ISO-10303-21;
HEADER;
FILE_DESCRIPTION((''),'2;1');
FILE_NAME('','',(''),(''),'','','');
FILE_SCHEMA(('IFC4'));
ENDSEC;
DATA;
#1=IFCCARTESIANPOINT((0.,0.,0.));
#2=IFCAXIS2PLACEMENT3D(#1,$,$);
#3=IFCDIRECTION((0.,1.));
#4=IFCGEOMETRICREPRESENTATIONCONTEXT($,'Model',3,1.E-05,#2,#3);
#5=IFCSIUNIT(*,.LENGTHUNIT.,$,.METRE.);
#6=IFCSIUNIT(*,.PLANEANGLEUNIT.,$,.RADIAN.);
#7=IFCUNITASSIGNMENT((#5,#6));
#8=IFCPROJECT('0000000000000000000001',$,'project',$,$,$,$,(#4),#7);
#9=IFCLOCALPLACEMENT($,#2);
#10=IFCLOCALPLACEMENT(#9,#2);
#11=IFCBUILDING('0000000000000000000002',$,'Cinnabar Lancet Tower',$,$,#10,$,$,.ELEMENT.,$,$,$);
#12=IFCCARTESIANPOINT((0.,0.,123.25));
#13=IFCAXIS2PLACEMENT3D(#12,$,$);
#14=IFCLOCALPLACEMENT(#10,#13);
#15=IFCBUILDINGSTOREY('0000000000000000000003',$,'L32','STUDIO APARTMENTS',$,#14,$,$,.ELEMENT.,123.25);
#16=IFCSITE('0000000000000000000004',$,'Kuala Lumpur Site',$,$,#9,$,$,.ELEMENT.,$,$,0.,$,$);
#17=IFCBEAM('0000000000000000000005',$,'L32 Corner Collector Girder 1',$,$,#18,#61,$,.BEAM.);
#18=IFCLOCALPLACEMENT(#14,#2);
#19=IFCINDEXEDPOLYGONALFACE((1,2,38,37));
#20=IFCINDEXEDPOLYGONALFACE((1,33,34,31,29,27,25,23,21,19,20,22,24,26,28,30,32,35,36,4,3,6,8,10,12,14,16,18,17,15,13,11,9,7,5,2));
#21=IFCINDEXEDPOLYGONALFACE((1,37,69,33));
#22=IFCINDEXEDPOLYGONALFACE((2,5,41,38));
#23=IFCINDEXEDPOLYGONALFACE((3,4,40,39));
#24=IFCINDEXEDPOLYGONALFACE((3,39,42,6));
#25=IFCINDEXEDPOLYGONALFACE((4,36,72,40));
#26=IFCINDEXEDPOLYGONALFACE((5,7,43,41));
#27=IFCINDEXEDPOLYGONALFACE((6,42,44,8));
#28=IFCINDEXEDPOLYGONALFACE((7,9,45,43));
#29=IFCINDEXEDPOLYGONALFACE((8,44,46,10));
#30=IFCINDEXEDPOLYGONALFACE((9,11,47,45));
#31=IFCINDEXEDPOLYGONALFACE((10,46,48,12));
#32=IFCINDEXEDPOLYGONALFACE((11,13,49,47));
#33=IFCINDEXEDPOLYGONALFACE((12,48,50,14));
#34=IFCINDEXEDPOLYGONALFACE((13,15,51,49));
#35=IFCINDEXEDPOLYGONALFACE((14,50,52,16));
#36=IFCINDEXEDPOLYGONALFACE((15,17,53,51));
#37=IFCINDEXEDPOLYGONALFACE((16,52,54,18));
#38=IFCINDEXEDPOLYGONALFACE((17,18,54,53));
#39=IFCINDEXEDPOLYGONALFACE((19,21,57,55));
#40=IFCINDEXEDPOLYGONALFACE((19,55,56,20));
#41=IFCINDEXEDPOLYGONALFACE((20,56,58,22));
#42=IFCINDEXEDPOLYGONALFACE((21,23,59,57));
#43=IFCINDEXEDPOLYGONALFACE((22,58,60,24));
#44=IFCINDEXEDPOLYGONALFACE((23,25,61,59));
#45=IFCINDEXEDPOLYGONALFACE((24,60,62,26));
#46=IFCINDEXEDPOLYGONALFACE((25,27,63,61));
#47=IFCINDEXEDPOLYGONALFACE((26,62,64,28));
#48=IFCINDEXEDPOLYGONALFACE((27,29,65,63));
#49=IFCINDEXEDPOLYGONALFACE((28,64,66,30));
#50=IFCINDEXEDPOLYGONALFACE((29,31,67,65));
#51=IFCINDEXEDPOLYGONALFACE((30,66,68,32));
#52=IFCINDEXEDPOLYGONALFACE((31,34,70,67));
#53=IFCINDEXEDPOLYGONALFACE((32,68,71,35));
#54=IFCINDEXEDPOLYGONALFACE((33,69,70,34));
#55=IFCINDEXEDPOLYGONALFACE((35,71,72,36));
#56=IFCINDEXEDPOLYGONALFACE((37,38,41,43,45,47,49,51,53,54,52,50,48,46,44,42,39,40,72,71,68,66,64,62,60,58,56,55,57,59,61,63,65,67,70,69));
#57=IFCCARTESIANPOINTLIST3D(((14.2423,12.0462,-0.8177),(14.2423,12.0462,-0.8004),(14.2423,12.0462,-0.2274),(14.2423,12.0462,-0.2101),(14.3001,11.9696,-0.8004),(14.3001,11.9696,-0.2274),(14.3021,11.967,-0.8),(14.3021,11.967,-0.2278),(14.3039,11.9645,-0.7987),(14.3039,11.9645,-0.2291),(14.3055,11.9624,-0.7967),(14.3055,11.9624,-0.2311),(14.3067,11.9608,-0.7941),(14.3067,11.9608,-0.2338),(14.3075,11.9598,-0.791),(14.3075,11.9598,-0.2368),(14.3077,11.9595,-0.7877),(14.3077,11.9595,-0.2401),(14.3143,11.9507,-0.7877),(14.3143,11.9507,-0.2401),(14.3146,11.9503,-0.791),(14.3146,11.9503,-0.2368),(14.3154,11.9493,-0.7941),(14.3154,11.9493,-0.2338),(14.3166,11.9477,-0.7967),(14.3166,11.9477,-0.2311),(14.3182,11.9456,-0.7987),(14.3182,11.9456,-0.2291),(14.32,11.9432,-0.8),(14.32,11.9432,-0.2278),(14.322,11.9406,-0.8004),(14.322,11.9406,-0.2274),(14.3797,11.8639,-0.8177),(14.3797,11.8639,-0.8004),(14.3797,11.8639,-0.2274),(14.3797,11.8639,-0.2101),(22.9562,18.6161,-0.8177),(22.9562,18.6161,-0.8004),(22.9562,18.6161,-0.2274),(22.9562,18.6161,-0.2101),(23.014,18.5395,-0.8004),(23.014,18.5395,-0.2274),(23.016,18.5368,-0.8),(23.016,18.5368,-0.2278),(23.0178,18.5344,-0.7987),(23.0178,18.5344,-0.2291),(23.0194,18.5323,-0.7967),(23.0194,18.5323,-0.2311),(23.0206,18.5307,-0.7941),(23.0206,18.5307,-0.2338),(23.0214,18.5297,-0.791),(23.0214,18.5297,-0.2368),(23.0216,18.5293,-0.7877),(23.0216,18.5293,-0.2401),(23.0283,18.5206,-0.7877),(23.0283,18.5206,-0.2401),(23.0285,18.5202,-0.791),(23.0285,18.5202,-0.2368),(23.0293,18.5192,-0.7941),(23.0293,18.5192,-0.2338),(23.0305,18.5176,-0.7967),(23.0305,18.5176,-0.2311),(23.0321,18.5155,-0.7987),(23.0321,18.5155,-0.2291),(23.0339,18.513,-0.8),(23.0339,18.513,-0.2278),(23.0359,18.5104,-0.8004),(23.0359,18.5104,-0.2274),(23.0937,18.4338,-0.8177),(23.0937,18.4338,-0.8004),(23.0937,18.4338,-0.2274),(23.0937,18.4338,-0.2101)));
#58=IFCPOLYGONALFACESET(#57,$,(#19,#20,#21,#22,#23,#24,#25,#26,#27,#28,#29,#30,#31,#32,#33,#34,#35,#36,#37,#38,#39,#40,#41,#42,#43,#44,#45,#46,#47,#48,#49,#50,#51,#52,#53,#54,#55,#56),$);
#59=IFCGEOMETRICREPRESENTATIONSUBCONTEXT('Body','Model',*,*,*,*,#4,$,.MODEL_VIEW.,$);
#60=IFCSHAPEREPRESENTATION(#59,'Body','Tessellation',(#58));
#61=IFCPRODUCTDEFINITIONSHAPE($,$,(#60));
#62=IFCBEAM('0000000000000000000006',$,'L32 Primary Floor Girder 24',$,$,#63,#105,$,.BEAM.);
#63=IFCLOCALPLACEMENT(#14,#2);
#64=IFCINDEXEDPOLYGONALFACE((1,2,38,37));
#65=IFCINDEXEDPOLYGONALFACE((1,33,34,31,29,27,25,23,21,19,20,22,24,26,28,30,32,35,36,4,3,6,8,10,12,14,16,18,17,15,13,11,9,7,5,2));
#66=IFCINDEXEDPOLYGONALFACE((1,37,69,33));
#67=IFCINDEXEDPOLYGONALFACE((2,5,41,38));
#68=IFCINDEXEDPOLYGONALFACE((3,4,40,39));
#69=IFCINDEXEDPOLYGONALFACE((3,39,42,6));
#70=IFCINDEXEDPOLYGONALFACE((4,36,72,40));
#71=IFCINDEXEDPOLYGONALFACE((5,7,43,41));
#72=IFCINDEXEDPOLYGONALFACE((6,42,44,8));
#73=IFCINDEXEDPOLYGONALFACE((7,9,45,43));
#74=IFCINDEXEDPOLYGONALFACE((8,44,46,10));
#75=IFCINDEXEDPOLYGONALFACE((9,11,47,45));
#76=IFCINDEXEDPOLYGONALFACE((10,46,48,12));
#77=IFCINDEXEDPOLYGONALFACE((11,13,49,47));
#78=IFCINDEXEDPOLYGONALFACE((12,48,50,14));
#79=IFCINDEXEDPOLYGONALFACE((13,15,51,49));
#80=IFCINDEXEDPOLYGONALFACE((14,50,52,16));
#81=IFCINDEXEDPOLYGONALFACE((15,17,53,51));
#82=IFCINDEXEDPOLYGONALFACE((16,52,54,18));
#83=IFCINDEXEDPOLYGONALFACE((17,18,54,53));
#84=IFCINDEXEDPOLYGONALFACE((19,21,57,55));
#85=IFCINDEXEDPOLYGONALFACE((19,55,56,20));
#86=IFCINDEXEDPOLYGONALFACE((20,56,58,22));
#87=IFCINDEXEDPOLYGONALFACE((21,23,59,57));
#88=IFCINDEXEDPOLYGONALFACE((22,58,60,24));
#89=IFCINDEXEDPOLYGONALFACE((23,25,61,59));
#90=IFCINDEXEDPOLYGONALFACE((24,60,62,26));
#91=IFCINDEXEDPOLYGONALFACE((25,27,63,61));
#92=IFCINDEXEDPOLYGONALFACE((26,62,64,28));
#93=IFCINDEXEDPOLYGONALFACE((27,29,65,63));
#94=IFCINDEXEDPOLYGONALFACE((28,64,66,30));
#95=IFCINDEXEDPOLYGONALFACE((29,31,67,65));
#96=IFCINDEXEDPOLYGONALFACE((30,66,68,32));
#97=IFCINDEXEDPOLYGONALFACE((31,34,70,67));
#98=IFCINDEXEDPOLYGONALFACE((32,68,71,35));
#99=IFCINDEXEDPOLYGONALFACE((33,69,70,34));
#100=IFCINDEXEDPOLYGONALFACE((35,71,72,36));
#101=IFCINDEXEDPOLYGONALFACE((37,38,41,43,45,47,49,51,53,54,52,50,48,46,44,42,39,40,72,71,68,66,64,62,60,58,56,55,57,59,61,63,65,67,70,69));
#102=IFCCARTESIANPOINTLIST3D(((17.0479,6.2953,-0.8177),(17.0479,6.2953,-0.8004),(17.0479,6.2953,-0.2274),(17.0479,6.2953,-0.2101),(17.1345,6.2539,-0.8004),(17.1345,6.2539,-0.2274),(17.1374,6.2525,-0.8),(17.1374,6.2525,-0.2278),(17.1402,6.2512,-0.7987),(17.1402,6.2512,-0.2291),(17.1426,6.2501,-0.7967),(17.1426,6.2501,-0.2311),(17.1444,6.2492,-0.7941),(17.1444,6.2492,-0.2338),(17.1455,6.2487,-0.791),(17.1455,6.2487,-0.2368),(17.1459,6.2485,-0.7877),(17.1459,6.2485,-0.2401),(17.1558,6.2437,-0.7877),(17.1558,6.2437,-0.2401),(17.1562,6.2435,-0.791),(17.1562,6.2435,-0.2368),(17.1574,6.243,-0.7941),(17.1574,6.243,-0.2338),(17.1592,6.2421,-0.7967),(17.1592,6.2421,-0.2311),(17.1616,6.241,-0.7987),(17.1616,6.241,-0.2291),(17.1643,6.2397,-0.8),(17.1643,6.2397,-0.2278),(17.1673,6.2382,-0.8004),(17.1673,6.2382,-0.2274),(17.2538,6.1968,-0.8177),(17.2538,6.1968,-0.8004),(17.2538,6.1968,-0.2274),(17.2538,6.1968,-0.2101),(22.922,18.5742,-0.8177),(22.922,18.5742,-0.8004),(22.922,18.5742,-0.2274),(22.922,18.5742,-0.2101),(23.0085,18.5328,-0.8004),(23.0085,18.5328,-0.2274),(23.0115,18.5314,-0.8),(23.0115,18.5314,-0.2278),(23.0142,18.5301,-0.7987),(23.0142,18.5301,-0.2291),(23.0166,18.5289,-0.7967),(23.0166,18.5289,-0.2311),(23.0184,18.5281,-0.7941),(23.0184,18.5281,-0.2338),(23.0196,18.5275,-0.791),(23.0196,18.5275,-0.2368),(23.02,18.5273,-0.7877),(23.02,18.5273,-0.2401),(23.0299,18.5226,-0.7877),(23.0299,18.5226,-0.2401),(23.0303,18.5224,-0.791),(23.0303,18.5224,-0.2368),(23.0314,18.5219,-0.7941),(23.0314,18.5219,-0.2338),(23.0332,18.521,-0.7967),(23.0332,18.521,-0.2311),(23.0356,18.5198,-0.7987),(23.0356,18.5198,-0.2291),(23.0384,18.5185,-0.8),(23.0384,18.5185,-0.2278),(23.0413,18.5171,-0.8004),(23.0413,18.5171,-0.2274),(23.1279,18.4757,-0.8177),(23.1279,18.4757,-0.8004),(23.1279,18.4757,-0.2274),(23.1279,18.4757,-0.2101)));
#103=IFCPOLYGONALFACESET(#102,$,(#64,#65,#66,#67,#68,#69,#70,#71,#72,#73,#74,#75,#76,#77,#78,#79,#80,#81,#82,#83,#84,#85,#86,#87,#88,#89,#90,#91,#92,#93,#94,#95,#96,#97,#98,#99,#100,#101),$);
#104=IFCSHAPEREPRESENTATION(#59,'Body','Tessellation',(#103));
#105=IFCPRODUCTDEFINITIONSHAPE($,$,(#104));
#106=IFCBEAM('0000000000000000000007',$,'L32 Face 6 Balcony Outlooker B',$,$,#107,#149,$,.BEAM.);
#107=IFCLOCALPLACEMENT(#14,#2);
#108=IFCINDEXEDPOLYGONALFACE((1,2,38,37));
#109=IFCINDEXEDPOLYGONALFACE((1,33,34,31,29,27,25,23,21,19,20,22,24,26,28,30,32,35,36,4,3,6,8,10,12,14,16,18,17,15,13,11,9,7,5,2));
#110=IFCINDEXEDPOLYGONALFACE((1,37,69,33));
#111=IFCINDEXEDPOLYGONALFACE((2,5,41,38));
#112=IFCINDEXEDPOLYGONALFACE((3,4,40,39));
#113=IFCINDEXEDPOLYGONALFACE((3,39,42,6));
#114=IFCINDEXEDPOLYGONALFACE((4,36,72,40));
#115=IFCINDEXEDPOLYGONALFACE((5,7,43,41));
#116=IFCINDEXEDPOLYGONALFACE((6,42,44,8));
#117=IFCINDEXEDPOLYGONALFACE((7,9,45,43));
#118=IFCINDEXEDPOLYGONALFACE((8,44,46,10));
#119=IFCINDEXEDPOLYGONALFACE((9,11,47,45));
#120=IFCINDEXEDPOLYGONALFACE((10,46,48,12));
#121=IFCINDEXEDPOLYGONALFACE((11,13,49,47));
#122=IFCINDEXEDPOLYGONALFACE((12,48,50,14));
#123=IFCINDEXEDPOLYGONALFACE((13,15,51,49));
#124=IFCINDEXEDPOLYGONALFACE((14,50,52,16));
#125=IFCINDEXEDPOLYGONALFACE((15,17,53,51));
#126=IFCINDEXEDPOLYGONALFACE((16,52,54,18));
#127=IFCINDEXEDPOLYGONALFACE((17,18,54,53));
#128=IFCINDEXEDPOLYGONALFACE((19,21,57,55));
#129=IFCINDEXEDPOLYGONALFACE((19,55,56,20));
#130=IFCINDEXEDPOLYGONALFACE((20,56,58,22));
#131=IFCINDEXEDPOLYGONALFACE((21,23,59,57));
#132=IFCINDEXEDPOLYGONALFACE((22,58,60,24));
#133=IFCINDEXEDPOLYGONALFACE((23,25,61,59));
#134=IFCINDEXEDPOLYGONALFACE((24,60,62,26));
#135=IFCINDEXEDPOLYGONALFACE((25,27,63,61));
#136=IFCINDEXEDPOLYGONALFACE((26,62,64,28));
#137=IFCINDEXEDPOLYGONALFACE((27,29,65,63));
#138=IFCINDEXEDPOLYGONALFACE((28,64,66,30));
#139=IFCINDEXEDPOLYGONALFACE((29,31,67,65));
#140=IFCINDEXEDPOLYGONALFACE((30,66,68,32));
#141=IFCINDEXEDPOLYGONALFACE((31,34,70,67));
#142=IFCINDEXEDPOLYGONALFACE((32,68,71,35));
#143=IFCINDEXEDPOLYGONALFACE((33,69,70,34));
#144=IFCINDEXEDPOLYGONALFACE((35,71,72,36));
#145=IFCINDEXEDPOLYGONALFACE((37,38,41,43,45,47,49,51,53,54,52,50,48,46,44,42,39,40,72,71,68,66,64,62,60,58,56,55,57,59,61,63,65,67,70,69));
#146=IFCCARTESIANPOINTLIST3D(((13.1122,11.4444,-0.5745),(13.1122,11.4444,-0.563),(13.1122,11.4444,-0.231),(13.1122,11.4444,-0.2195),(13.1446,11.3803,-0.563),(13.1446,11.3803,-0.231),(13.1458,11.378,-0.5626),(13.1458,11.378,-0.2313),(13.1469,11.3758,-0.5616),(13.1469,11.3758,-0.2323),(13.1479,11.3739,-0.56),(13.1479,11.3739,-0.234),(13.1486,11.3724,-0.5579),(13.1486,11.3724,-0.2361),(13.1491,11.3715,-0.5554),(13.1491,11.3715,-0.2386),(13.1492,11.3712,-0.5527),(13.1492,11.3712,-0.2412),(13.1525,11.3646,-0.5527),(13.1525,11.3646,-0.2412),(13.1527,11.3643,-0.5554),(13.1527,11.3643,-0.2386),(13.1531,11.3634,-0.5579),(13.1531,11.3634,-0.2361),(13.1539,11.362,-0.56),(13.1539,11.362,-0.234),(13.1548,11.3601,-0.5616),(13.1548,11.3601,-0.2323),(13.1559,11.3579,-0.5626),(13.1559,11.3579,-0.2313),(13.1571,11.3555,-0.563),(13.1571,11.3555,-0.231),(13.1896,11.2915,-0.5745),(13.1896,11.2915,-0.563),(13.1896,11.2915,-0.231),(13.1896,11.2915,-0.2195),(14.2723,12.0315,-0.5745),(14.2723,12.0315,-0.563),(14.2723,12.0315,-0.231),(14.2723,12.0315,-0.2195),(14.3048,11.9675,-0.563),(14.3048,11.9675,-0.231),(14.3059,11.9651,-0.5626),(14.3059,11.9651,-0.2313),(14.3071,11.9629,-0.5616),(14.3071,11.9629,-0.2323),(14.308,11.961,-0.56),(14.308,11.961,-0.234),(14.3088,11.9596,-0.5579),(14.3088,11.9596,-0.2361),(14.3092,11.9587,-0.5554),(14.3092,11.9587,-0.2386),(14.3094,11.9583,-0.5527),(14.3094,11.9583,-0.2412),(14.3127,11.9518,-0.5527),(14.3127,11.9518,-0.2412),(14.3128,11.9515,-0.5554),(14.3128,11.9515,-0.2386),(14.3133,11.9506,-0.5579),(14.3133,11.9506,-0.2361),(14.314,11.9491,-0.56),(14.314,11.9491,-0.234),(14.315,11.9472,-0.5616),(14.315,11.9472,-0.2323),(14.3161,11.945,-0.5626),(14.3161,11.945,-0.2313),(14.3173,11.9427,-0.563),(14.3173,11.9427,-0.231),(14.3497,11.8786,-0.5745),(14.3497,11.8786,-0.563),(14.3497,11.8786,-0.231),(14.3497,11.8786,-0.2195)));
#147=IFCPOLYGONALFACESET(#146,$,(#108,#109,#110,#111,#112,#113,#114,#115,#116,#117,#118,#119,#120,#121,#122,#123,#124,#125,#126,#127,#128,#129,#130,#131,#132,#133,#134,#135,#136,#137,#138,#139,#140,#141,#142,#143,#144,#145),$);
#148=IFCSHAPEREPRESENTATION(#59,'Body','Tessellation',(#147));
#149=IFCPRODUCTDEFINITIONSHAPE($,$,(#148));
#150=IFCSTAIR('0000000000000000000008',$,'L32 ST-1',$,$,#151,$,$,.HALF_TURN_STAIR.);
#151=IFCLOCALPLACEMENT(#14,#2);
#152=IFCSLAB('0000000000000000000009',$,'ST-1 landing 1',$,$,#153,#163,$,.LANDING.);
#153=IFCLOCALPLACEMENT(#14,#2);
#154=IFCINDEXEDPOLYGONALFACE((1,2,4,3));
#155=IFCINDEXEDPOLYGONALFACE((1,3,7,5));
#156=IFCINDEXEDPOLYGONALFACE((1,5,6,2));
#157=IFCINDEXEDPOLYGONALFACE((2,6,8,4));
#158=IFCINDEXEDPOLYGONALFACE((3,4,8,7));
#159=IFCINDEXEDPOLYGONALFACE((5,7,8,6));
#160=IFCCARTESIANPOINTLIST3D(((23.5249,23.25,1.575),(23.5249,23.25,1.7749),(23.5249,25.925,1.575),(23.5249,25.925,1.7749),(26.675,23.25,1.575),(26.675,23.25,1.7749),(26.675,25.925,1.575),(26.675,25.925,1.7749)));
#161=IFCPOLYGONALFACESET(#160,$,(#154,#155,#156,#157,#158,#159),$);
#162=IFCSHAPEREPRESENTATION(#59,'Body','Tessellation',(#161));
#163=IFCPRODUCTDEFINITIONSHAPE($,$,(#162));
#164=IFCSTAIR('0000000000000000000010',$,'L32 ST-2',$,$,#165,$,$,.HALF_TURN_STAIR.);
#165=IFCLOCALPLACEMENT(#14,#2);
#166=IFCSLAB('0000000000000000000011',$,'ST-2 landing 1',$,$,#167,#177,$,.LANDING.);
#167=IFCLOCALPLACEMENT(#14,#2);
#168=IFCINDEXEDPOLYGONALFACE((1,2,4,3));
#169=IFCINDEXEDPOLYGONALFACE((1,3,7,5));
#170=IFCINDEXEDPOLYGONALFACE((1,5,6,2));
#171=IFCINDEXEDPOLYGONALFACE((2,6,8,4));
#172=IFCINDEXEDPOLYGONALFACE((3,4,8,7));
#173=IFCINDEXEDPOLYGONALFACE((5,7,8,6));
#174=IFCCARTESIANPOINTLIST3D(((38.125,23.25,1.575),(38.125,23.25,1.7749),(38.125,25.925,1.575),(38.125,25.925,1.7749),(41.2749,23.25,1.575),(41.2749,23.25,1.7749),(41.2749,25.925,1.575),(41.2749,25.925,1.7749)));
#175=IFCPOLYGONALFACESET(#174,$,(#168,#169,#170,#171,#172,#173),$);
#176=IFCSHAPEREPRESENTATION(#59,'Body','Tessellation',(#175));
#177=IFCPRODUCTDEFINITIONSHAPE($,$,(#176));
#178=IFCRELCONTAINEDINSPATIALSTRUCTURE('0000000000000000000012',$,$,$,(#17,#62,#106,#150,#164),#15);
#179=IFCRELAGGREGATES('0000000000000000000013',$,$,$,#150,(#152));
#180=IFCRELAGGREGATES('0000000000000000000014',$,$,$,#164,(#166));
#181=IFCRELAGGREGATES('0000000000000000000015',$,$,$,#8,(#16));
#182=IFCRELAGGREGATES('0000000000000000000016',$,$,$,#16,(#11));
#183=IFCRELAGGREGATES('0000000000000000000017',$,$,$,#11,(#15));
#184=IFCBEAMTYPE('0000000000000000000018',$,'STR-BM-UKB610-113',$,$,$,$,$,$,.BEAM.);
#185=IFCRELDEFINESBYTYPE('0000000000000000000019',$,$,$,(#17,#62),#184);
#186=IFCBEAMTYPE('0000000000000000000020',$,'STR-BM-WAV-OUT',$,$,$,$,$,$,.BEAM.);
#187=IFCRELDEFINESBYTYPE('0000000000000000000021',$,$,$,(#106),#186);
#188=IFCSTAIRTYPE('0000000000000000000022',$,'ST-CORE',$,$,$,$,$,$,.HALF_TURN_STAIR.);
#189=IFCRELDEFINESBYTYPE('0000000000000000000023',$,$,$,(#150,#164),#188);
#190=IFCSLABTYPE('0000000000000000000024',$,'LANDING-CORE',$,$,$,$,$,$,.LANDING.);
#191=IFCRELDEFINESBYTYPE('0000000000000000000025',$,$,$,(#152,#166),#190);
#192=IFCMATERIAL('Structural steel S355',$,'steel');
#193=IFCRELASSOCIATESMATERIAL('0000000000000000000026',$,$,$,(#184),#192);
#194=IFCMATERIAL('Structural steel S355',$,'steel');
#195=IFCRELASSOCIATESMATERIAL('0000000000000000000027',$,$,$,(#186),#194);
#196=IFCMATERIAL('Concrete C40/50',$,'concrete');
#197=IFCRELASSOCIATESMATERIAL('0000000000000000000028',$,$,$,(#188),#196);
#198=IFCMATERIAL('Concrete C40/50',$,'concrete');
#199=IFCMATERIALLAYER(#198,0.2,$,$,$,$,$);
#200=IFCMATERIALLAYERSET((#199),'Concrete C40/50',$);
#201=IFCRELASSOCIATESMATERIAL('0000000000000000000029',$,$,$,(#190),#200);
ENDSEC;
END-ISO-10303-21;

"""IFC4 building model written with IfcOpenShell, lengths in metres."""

from ifc_helpers import new_model, si_unit, direction, frame, origin, origin_2d, place, context, subcontext, project, spatial, polyline, i_section, outline, extrude, material, layer, layer_set, material_profile, profile_set, type_object, element, aggregate, save


model = new_model("IFC4")

# Units and contexts
model_context = context("Model", 3, precision=1e-05, world=origin(), true_north=direction((0.0, 1.0)))
body_context = subcontext(model_context, "Body", "Model", "MODEL_VIEW")
ifc_project = project(units=[si_unit("LENGTHUNIT", "METRE"), si_unit("PLANEANGLEUNIT", "RADIAN")], contexts=[model_context])

# Site, building, storey
site_placement = place(None, origin())
site = spatial("IfcSite", under=ifc_project, at=site_placement, Name="Kuala Lumpur Site", CompositionType="ELEMENT", RefElevation=0.0)
building_placement = place(site_placement, origin())
building = spatial("IfcBuilding", under=site, at=building_placement, Name="Cinnabar Lancet Tower", CompositionType="ELEMENT")
storey_placement = place(building_placement, frame((0.0, 0.0, 123.25)))
storey = spatial("IfcBuildingStorey", under=building, at=storey_placement, Name="L32", Description="STUDIO APARTMENTS", CompositionType="ELEMENT", Elevation=123.25)

# Beams
ifc_material_1 = material(Name="Structural steel S355", Category="steel")
ifc_material_profile_1 = material_profile(ifc_material_1, i_section(OverallWidth=0.2283, OverallDepth=0.6077, WebThickness=0.011, FlangeThickness=0.0173, FilletRadius=0.0127, at=origin_2d()), Name="UKB 610x229x113")
ifc_profile_set_1 = profile_set([ifc_material_profile_1], Name="Structural steel S355")
beam_type_1 = type_object("IfcBeamType", Name="STR-BM-UKB610-113", PredefinedType="BEAM", material=ifc_profile_set_1)
beam_1_placement = place(storey_placement, frame((14.311, 11.9551, -0.5139), z_axis=(0.798483, 0.602017, 0.0), x_axis=(-0.602017, 0.798483, 0.0)))
element("IfcBeam", 1, at=beam_1_placement, inside=storey, type_object=beam_type_1, Name="L32 Corner Collector Girder 1", PredefinedType="BEAM", context=body_context, shape_type="SweptSolid", body=[
    extrude(i_section(OverallWidth=0.2283, OverallDepth=0.6077, WebThickness=0.011, FlangeThickness=0.0173, FilletRadius=0.0127, at=origin_2d()), origin(), (0.0, 0.0, 1.0), 10.9131),
])
beam_2_placement = place(storey_placement, frame((17.1509, 6.2461, -0.5139), z_axis=(0.431548, 0.90209, 0.0), x_axis=(-0.90209, 0.431548, 0.0)))
element("IfcBeam", 2, at=beam_2_placement, inside=storey, type_object=beam_type_1, Name="L32 Primary Floor Girder 24", PredefinedType="BEAM", context=body_context, shape_type="SweptSolid", body=[
    extrude(i_section(OverallWidth=0.2283, OverallDepth=0.6077, WebThickness=0.011, FlangeThickness=0.0173, FilletRadius=0.0127, at=origin_2d()), origin(), (0.0, 0.0, 1.0), 13.6116),
])
ifc_material_2 = material(Name="Structural steel S355", Category="steel")
ifc_material_profile_2 = material_profile(ifc_material_2, i_section(OverallWidth=0.1714, OverallDepth=0.355, WebThickness=0.0073, FlangeThickness=0.0115, FilletRadius=0.0103, at=origin_2d()), Name="UKB 356x171x51")
ifc_profile_set_2 = profile_set([ifc_material_profile_2], Name="Structural steel S355")
beam_type_2 = type_object("IfcBeamType", Name="STR-BM-WAV-OUT", PredefinedType="BEAM", material=ifc_profile_set_2)
beam_3_placement = place(storey_placement, frame((14.311, 11.9551, -0.397), z_axis=(-0.892239, -0.451564, 0.0), x_axis=(0.451564, -0.892239, 0.0)))
element("IfcBeam", 3, at=beam_3_placement, inside=storey, type_object=beam_type_2, Name="L32 Face 6 Balcony Outlooker B", PredefinedType="BEAM", context=body_context, shape_type="SweptSolid", body=[
    extrude(i_section(OverallWidth=0.1714, OverallDepth=0.355, WebThickness=0.0073, FlangeThickness=0.0115, FilletRadius=0.0103, at=origin_2d()), origin(), (0.0, 0.0, 1.0), 1.3003),
])

# Stairs, slabs
ifc_material_3 = material(Name="Concrete C40/50", Category="concrete")
stair_type = type_object("IfcStairType", Name="ST-CORE", PredefinedType="HALF_TURN_STAIR", material=ifc_material_3)
stair_1_placement = place(storey_placement, origin())
stair_1 = element("IfcStair", 4, at=stair_1_placement, inside=storey, type_object=stair_type, Name="L32 ST-1", PredefinedType="HALF_TURN_STAIR")
ifc_material_4 = material(Name="Concrete C40/50", Category="concrete")
ifc_layer_1 = layer(ifc_material_4, 0.2)
ifc_layer_set_1 = layer_set([ifc_layer_1], Name="Concrete C40/50")
slab_type_1 = type_object("IfcSlabType", Name="LANDING-CORE", PredefinedType="LANDING", material=ifc_layer_set_1)
slab_1_placement = place(storey_placement, frame((0.0, 0.0, 1.575)))
slab_1 = element("IfcSlab", 5, at=slab_1_placement, type_object=slab_type_1, Name="ST-1 landing 1", PredefinedType="LANDING", context=body_context, shape_type="SweptSolid", body=[
    extrude(outline(polyline([(23.5249, 25.925), (23.5249, 23.25), (26.675, 23.25), (26.675, 25.925), (23.5249, 25.925)])), origin(), (0.0, 0.0, 1.0), 0.2),
])
aggregate(stair_1, [slab_1])
stair_2_placement = place(storey_placement, origin())
stair_2 = element("IfcStair", 6, at=stair_2_placement, inside=storey, type_object=stair_type, Name="L32 ST-2", PredefinedType="HALF_TURN_STAIR")
slab_2_placement = place(storey_placement, frame((0.0, 0.0, 1.575)))
slab_2 = element("IfcSlab", 7, at=slab_2_placement, type_object=slab_type_1, Name="ST-2 landing 1", PredefinedType="LANDING", context=body_context, shape_type="SweptSolid", body=[
    extrude(outline(polyline([(38.125, 25.925), (38.125, 23.25), (41.2749, 23.25), (41.2749, 25.925), (38.125, 25.925)])), origin(), (0.0, 0.0, 1.0), 0.2),
])
aggregate(stair_2, [slab_2])

save(model, "model.ifc")
